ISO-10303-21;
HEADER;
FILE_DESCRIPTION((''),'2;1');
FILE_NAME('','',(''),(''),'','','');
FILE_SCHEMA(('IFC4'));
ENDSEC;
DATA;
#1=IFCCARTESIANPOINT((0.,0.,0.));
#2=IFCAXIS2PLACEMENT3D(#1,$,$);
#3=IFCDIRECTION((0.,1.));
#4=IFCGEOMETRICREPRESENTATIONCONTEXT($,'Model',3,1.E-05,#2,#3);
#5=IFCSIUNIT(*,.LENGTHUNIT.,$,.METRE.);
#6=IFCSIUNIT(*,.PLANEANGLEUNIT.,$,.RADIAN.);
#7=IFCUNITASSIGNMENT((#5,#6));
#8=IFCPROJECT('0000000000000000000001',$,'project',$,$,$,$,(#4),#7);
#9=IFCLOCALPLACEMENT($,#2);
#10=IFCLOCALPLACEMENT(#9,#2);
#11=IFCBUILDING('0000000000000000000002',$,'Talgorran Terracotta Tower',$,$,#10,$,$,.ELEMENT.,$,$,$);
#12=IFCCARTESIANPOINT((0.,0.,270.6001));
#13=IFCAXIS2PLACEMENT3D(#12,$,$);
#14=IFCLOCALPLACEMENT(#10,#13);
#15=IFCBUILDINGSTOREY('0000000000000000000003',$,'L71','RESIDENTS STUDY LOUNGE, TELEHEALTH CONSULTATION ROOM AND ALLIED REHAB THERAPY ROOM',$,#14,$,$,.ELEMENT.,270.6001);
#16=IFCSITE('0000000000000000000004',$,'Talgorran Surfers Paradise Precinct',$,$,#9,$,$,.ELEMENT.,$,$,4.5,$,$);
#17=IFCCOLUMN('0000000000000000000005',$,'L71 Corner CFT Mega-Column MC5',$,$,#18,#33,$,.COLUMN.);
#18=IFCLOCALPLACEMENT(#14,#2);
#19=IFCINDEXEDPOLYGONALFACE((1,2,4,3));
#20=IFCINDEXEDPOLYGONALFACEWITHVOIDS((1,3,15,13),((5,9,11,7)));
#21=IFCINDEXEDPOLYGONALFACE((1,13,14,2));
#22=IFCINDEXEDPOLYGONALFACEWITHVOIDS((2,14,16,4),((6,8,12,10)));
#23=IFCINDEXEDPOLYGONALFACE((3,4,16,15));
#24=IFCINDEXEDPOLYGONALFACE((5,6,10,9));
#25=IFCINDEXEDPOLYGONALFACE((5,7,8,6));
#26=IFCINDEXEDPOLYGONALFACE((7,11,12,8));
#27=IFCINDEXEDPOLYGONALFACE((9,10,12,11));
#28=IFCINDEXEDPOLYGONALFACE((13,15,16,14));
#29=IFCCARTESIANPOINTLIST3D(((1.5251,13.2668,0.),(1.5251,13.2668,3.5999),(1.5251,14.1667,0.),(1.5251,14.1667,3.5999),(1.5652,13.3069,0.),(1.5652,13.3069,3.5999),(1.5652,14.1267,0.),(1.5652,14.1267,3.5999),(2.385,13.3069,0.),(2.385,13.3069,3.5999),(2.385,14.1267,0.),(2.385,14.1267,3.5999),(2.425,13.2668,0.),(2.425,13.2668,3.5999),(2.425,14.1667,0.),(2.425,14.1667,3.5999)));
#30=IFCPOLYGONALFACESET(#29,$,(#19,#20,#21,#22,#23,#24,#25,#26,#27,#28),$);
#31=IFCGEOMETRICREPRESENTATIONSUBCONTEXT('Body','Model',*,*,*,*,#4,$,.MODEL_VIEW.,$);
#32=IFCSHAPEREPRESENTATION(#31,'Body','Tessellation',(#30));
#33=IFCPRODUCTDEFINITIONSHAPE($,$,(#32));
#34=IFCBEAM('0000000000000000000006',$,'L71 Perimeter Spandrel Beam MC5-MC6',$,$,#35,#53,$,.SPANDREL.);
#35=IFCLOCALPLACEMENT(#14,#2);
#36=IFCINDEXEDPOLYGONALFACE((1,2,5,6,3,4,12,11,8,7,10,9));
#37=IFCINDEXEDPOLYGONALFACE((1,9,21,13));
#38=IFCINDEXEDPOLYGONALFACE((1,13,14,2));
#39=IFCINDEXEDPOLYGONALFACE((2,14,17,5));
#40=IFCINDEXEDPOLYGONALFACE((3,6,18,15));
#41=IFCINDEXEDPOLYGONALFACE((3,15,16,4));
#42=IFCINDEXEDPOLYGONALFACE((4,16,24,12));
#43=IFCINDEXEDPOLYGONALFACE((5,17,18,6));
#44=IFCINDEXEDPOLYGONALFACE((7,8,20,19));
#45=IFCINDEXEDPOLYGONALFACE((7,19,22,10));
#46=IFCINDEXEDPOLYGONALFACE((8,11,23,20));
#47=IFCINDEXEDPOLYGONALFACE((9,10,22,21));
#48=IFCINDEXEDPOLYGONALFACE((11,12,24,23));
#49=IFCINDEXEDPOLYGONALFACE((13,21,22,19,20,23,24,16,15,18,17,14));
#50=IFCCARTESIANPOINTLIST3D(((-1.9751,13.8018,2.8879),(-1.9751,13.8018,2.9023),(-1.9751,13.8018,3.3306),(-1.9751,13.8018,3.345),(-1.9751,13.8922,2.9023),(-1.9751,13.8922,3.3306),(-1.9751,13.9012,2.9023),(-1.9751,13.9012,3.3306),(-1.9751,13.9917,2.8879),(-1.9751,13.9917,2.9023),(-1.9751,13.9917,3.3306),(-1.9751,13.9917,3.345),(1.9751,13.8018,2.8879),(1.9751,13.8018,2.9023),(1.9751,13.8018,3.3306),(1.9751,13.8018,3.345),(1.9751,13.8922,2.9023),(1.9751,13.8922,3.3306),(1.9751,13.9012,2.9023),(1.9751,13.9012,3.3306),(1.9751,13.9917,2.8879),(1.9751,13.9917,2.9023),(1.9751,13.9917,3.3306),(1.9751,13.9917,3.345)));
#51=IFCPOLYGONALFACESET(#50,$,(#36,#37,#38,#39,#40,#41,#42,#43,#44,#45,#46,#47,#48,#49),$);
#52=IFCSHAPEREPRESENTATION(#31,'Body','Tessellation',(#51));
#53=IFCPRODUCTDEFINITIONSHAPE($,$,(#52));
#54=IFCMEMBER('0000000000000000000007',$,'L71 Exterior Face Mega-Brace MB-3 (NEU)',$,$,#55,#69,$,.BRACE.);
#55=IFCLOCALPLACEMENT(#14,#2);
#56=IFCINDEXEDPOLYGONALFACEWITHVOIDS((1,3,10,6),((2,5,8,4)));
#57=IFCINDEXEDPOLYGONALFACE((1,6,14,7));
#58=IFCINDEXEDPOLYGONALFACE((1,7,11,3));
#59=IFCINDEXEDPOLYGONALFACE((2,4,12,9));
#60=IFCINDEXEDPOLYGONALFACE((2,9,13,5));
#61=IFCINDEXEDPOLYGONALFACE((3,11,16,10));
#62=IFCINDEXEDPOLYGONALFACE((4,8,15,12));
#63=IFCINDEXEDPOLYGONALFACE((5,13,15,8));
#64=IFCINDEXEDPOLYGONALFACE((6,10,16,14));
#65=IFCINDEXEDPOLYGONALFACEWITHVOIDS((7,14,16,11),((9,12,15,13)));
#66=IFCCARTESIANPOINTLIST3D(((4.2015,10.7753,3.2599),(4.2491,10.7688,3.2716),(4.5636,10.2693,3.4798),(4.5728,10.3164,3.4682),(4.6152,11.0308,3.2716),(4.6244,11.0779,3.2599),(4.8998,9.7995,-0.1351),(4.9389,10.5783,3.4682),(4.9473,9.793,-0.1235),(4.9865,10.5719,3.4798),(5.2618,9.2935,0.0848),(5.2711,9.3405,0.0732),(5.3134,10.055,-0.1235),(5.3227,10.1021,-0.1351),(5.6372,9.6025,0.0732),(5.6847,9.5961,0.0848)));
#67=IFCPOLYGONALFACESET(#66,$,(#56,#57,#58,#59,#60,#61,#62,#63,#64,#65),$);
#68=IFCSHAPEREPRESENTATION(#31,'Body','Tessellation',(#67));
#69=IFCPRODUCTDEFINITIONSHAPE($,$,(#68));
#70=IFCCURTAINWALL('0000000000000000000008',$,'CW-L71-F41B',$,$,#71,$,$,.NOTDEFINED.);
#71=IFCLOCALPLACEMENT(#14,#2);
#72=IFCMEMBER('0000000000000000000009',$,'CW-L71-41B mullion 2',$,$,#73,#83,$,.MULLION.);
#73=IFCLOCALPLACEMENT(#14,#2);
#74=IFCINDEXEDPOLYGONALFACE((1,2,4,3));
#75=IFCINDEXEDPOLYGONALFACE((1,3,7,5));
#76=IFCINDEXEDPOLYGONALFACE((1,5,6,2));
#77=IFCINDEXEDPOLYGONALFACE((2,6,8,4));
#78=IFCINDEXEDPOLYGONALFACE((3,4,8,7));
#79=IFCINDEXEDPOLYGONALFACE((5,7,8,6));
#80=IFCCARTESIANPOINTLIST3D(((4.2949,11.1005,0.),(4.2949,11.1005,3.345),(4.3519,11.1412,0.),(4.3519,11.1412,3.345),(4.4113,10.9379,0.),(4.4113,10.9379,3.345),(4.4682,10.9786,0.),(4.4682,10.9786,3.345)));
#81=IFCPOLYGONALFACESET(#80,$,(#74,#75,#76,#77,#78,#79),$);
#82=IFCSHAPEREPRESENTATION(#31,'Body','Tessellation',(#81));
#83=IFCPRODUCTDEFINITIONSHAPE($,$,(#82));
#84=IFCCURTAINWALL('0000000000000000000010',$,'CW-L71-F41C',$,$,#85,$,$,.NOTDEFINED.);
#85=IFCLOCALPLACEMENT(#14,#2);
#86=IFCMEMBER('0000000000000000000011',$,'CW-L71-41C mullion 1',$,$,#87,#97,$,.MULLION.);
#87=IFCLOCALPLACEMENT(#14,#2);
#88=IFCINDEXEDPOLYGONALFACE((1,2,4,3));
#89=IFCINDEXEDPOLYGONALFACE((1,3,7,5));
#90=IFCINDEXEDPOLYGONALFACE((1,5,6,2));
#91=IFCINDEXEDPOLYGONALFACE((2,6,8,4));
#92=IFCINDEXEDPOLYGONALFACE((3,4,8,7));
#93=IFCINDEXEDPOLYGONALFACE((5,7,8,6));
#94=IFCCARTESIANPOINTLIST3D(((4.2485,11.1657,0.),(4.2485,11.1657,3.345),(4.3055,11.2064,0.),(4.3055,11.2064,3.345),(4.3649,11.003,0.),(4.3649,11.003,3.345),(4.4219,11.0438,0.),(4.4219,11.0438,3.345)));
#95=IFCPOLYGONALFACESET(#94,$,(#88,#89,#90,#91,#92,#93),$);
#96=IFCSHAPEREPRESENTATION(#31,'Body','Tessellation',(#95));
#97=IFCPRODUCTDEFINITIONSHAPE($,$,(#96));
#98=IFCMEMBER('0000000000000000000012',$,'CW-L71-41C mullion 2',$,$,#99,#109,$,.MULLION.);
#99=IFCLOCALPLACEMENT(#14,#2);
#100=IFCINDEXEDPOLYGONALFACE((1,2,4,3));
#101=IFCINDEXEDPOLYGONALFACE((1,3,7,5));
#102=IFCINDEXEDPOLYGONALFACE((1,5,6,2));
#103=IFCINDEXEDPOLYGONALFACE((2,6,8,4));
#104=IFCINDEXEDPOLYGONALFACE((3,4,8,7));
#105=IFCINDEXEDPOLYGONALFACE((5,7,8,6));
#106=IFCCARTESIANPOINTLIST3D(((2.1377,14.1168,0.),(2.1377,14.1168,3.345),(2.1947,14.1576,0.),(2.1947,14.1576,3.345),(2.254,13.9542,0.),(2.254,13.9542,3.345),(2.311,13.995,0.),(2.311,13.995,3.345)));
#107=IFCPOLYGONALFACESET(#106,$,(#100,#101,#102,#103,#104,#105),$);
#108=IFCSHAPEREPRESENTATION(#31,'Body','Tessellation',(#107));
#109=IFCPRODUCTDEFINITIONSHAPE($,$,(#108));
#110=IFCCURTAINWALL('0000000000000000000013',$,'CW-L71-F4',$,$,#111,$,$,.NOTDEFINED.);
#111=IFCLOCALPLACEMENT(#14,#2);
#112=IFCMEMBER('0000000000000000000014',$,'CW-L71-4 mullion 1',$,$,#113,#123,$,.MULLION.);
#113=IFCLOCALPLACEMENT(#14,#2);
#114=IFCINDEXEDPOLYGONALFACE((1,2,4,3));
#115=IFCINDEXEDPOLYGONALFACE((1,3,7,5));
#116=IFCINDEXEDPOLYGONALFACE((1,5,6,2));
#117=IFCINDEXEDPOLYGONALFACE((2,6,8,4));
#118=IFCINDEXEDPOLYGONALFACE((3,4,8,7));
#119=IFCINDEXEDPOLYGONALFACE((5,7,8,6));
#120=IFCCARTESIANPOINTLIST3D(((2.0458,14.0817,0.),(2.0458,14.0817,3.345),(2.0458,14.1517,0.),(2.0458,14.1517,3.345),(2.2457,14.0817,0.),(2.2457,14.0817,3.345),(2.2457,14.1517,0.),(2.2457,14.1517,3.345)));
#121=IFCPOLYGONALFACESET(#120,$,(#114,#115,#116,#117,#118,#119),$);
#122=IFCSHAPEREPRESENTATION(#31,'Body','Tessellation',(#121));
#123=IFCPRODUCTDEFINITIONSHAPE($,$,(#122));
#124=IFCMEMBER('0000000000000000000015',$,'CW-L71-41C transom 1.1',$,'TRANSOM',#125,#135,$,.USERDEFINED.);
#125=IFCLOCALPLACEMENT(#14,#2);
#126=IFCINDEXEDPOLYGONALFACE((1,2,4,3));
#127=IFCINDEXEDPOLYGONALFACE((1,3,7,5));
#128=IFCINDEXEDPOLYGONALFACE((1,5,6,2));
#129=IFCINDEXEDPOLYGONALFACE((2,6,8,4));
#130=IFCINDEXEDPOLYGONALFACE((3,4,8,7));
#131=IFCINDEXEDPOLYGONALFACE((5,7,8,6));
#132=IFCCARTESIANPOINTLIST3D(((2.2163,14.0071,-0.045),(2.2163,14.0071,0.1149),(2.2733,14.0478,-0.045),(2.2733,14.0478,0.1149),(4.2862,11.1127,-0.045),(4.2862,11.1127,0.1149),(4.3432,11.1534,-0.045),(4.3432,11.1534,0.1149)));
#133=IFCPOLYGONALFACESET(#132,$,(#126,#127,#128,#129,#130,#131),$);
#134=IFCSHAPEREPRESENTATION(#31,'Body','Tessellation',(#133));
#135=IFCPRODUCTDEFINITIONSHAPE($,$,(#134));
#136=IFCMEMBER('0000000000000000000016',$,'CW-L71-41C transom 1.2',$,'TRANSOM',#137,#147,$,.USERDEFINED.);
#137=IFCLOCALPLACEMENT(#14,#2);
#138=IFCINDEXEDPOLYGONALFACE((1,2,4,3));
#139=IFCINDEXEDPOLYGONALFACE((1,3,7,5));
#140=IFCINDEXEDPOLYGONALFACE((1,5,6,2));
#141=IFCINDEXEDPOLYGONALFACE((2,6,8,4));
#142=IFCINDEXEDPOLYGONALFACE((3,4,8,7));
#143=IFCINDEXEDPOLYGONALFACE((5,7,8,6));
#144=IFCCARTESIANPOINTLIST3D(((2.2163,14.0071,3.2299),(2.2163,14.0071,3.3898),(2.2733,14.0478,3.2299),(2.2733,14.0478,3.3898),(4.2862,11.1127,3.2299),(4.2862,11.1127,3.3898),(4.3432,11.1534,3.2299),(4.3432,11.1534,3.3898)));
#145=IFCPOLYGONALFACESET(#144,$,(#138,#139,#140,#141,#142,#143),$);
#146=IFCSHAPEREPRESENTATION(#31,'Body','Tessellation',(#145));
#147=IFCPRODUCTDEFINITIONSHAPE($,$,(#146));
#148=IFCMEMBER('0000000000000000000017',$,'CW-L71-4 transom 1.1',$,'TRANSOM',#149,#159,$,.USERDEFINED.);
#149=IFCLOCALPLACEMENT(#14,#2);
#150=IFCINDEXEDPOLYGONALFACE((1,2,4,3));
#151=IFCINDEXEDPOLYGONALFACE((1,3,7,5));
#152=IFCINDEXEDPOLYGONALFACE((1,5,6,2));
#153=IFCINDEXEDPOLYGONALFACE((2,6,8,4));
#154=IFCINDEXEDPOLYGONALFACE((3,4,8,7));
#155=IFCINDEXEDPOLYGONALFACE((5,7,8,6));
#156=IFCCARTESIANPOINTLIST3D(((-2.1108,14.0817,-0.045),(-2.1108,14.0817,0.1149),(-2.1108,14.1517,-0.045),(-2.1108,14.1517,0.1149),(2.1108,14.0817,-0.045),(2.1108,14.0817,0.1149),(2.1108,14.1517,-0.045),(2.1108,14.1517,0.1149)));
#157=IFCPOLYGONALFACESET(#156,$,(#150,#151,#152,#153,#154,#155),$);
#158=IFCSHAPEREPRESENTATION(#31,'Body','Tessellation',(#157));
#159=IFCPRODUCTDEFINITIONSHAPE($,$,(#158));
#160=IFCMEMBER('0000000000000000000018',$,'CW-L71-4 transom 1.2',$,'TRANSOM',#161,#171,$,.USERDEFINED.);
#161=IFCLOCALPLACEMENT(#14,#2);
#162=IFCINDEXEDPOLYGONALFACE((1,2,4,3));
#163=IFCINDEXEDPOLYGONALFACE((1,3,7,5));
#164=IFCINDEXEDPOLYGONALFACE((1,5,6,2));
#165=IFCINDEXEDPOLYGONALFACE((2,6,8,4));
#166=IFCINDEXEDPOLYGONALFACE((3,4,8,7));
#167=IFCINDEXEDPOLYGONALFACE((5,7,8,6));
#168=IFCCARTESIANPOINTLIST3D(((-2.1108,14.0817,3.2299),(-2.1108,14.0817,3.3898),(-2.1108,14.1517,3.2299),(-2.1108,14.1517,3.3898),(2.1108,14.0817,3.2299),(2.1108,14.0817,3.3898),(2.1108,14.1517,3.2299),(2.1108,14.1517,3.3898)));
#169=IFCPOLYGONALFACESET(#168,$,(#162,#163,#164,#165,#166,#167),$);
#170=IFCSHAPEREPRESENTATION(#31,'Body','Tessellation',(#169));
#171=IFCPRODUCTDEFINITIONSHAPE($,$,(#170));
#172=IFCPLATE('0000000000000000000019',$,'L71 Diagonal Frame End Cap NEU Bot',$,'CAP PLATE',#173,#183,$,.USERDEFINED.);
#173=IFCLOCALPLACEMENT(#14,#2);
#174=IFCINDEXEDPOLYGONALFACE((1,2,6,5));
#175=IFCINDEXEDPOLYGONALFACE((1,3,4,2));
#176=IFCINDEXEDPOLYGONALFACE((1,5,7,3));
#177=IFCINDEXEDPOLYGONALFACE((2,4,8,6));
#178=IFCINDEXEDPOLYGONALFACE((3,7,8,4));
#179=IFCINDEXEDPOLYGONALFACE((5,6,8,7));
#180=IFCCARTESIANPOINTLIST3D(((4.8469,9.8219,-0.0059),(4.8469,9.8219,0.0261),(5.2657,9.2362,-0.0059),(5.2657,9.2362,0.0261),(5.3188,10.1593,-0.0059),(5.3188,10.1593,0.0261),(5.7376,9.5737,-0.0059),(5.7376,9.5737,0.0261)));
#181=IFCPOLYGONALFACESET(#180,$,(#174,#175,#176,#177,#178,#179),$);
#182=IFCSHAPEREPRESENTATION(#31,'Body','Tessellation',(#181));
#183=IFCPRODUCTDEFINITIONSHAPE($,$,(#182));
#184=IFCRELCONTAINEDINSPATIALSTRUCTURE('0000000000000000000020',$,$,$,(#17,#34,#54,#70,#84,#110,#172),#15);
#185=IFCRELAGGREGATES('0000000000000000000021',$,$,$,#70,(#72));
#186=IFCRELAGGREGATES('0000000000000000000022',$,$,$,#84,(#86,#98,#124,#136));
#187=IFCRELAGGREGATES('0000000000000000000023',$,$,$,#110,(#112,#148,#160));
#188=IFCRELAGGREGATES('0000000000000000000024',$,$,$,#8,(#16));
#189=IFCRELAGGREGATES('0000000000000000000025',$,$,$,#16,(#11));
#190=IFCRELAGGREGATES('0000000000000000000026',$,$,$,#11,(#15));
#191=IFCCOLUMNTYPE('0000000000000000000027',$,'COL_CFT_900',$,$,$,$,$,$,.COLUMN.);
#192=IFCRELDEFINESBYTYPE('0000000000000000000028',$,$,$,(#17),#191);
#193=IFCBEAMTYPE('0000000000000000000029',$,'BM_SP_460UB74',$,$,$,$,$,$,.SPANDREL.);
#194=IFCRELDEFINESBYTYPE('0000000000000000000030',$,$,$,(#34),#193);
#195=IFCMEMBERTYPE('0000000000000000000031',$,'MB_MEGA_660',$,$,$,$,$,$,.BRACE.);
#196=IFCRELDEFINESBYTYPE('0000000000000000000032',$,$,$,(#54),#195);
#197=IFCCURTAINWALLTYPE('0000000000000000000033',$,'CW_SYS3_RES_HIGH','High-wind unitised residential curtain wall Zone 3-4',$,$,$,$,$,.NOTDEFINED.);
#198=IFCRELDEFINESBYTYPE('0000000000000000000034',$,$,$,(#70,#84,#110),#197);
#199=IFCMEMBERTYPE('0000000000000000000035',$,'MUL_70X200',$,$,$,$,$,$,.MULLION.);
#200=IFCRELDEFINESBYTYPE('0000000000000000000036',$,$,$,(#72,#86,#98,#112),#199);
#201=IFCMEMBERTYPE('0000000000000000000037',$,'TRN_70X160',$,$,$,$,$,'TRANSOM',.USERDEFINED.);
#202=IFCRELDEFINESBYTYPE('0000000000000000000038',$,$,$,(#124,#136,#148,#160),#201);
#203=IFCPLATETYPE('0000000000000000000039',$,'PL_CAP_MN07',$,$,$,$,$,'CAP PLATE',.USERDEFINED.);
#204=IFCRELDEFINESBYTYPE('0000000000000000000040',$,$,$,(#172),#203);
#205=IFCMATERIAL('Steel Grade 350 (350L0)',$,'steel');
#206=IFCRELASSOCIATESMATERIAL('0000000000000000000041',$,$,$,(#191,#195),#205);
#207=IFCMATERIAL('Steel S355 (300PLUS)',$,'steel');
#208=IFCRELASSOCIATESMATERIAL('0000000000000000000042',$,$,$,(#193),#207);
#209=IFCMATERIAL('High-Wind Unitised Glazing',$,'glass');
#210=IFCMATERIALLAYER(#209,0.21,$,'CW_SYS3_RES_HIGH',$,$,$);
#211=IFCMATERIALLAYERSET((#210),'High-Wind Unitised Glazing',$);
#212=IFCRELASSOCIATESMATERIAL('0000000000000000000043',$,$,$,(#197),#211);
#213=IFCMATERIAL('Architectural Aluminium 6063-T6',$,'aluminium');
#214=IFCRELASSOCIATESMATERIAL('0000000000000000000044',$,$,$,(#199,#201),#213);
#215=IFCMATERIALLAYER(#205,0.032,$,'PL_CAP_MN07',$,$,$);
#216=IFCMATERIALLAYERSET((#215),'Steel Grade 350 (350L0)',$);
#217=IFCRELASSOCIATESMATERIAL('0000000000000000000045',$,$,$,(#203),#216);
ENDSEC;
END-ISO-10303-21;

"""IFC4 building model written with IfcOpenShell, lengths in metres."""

from ifc_helpers import new_model, si_unit, direction, frame, origin, origin_2d, place, context, subcontext, project, spatial, rectangle, hollow_rectangle, i_section, extrude, material, layer, layer_set, material_profile, profile_set, type_object, element, aggregate, save


model = new_model("IFC4")

# Units and contexts
model_context = context("Model", 3, precision=1e-05, world=origin(), true_north=direction((0.0, 1.0)))
body_context = subcontext(model_context, "Body", "Model", "MODEL_VIEW")
ifc_project = project(units=[si_unit("LENGTHUNIT", "METRE"), si_unit("PLANEANGLEUNIT", "RADIAN")], contexts=[model_context])

# Site, building, storey
site_placement = place(None, origin())
site = spatial("IfcSite", under=ifc_project, at=site_placement, Name="Talgorran Surfers Paradise Precinct", CompositionType="ELEMENT", RefElevation=4.5)
building_placement = place(site_placement, origin())
building = spatial("IfcBuilding", under=site, at=building_placement, Name="Talgorran Terracotta Tower", CompositionType="ELEMENT")
storey_placement = place(building_placement, frame((0.0, 0.0, 270.6001)))
storey = spatial("IfcBuildingStorey", under=building, at=storey_placement, Name="L71", Description="RESIDENTS STUDY LOUNGE, TELEHEALTH CONSULTATION ROOM AND ALLIED REHAB THERAPY ROOM", CompositionType="ELEMENT", Elevation=270.6001)

# Column
ifc_material_1 = material(Name="Steel Grade 350 (350L0)", Category="steel")
ifc_material_profile_1 = material_profile(ifc_material_1, hollow_rectangle(XDim=0.8999, YDim=0.8999, WallThickness=0.04, at=origin_2d()), Name="CFT900X900X40")
ifc_profile_set_1 = profile_set([ifc_material_profile_1], Name="Steel Grade 350 (350L0)")
column_type = type_object("IfcColumnType", Name="COL_CFT_900", PredefinedType="COLUMN", material=ifc_profile_set_1)
column_placement = place(storey_placement, frame((1.9751, 13.7168, 0.0), z_axis=(0.0, 0.0, 1.0), x_axis=(1.0, 0.0, 0.0)))
element("IfcColumn", 1, at=column_placement, inside=storey, type_object=column_type, Name="L71 Corner CFT Mega-Column MC5", PredefinedType="COLUMN", context=body_context, shape_type="SweptSolid", body=[
    extrude(hollow_rectangle(XDim=0.8999, YDim=0.8999, WallThickness=0.04, at=origin_2d()), origin(), (0.0, 0.0, 1.0), 3.5999),
])

# Beam
ifc_material_2 = material(Name="Steel S355 (300PLUS)", Category="steel")
ifc_material_profile_2 = material_profile(ifc_material_2, i_section(OverallWidth=0.1899, OverallDepth=0.457, WebThickness=0.009, FlangeThickness=0.0144, at=origin_2d()), Name="460UB74.6")
ifc_profile_set_2 = profile_set([ifc_material_profile_2], Name="Steel S355 (300PLUS)")
beam_type = type_object("IfcBeamType", Name="BM_SP_460UB74", PredefinedType="SPANDREL", material=ifc_profile_set_2)
beam_placement = place(storey_placement, frame((1.9751, 13.8967, 3.1165), z_axis=(-1.0, 0.0, 0.0), x_axis=(0.0, -1.0, 0.0)))
element("IfcBeam", 2, at=beam_placement, inside=storey, type_object=beam_type, Name="L71 Perimeter Spandrel Beam MC5-MC6", PredefinedType="SPANDREL", context=body_context, shape_type="SweptSolid", body=[
    extrude(i_section(OverallWidth=0.1899, OverallDepth=0.457, WebThickness=0.009, FlangeThickness=0.0144, at=origin_2d()), origin(), (0.0, 0.0, 1.0), 3.9502),
])

# Member
ifc_material_profile_3 = material_profile(ifc_material_1, hollow_rectangle(XDim=0.52, YDim=0.6599, WallThickness=0.0349, at=origin_2d()), Name="WBOX660X520X35")
ifc_profile_set_3 = profile_set([ifc_material_profile_3], Name="Steel Grade 350 (350L0)")
member_type_1 = type_object("IfcMemberType", Name="MB_MEGA_660", PredefinedType="BRACE", material=ifc_profile_set_3)
member_1_placement = place(storey_placement, frame((5.2922, 9.6978, -0.0251), z_axis=(-0.193912, 0.271002, 0.942845), x_axis=(-0.813252, -0.581912, 0.0)))
element("IfcMember", 3, at=member_1_placement, inside=storey, type_object=member_type_1, Name="L71 Exterior Face Mega-Brace MB-3 (NEU)", PredefinedType="BRACE", context=body_context, shape_type="SweptSolid", body=[
    extrude(hollow_rectangle(XDim=0.52, YDim=0.6599, WallThickness=0.0349, at=origin_2d()), origin(), (0.0, 0.0, 1.0), 3.6008),
])

# Curtain wall, member
ifc_material_3 = material(Name="High-Wind Unitised Glazing", Category="glass")
ifc_layer_1 = layer(ifc_material_3, 0.21, Name="CW_SYS3_RES_HIGH")
ifc_layer_set_1 = layer_set([ifc_layer_1], Name="High-Wind Unitised Glazing")
curtain_wall_type = type_object("IfcCurtainWallType", Name="CW_SYS3_RES_HIGH", Description="High-wind unitised residential curtain wall Zone 3-4", PredefinedType="NOTDEFINED", material=ifc_layer_set_1)
curtain_wall_1_placement = place(storey_placement, origin())
curtain_wall_1 = element("IfcCurtainWall", 4, at=curtain_wall_1_placement, inside=storey, type_object=curtain_wall_type, Name="CW-L71-F41B", PredefinedType="NOTDEFINED")
ifc_material_4 = material(Name="Architectural Aluminium 6063-T6", Category="aluminium")
ifc_material_profile_4 = material_profile(ifc_material_4, rectangle(XDim=0.0701, YDim=0.2, at=origin_2d()), Name="CWM70X200")
ifc_profile_set_4 = profile_set([ifc_material_profile_4], Name="Architectural Aluminium 6063-T6")
member_type_2 = type_object("IfcMemberType", Name="MUL_70X200", PredefinedType="MULLION", material=ifc_profile_set_4)
member_2_placement = place(storey_placement, frame((4.3816, 11.0396, 0.0), z_axis=(0.0, 0.0, 1.0), x_axis=(-0.81337, -0.581747, 0.0)))
member_2 = element("IfcMember", 5, at=member_2_placement, type_object=member_type_2, Name="CW-L71-41B mullion 2", PredefinedType="MULLION", context=body_context, shape_type="SweptSolid", body=[
    extrude(rectangle(XDim=0.0701, YDim=0.2, at=origin_2d()), origin(), (0.0, 0.0, 1.0), 3.345),
])

# Curtain wall, members
curtain_wall_2_placement = place(storey_placement, origin())
curtain_wall_2 = element("IfcCurtainWall", 6, at=curtain_wall_2_placement, inside=storey, type_object=curtain_wall_type, Name="CW-L71-F41C", PredefinedType="NOTDEFINED")
member_3_placement = place(storey_placement, frame((4.3352, 11.1047, 0.0), z_axis=(0.0, 0.0, 1.0), x_axis=(-0.813381, -0.581732, 0.0)))
member_3 = element("IfcMember", 7, at=member_3_placement, type_object=member_type_2, Name="CW-L71-41C mullion 1", PredefinedType="MULLION", context=body_context, shape_type="SweptSolid", body=[
    extrude(rectangle(XDim=0.0701, YDim=0.2, at=origin_2d()), origin(), (0.0, 0.0, 1.0), 3.345),
])
member_4_placement = place(storey_placement, frame((2.2244, 14.0559, 0.0), z_axis=(0.0, 0.0, 1.0), x_axis=(-0.813381, -0.581732, 0.0)))
member_4 = element("IfcMember", 8, at=member_4_placement, type_object=member_type_2, Name="CW-L71-41C mullion 2", PredefinedType="MULLION", context=body_context, shape_type="SweptSolid", body=[
    extrude(rectangle(XDim=0.0701, YDim=0.2, at=origin_2d()), origin(), (0.0, 0.0, 1.0), 3.345),
])

# Curtain wall, member
curtain_wall_3_placement = place(storey_placement, origin())
curtain_wall_3 = element("IfcCurtainWall", 9, at=curtain_wall_3_placement, inside=storey, type_object=curtain_wall_type, Name="CW-L71-F4", PredefinedType="NOTDEFINED")
member_5_placement = place(storey_placement, frame((2.1458, 14.1167, 0.0), z_axis=(0.0, 0.0, 1.0), x_axis=(0.0, -1.0, 0.0)))
member_5 = element("IfcMember", 10, at=member_5_placement, type_object=member_type_2, Name="CW-L71-4 mullion 1", PredefinedType="MULLION", context=body_context, shape_type="SweptSolid", body=[
    extrude(rectangle(XDim=0.0701, YDim=0.2, at=origin_2d()), origin(), (0.0, 0.0, 1.0), 3.345),
])

# Members
ifc_material_profile_5 = material_profile(ifc_material_4, rectangle(XDim=0.0701, YDim=0.1599, at=origin_2d()), Name="CWT70X160")
ifc_profile_set_5 = profile_set([ifc_material_profile_5], Name="Architectural Aluminium 6063-T6")
member_type_3 = type_object("IfcMemberType", Name="TRN_70X160", ElementType="TRANSOM", PredefinedType="USERDEFINED", material=ifc_profile_set_5)
member_6_placement = place(storey_placement, frame((4.3147, 11.1331, 0.0349), z_axis=(-0.581699, 0.813404, 0.0), x_axis=(-0.813404, -0.581699, 0.0)))
member_6 = element("IfcMember", 11, at=member_6_placement, type_object=member_type_3, Name="CW-L71-41C transom 1.1", ObjectType="TRANSOM", PredefinedType="USERDEFINED", context=body_context, shape_type="SweptSolid", body=[
    extrude(rectangle(XDim=0.0701, YDim=0.1599, at=origin_2d()), origin(), (0.0, 0.0, 1.0), 3.5583),
])
member_7_placement = place(storey_placement, frame((4.3147, 11.1331, 3.3098), z_axis=(-0.581699, 0.813404, 0.0), x_axis=(-0.813404, -0.581699, 0.0)))
member_7 = element("IfcMember", 12, at=member_7_placement, type_object=member_type_3, Name="CW-L71-41C transom 1.2", ObjectType="TRANSOM", PredefinedType="USERDEFINED", context=body_context, shape_type="SweptSolid", body=[
    extrude(rectangle(XDim=0.0701, YDim=0.1599, at=origin_2d()), origin(), (0.0, 0.0, 1.0), 3.5583),
])
member_8_placement = place(storey_placement, frame((2.1108, 14.1167, 0.0349), z_axis=(-1.0, 0.0, 0.0), x_axis=(0.0, -1.0, 0.0)))
member_8 = element("IfcMember", 13, at=member_8_placement, type_object=member_type_3, Name="CW-L71-4 transom 1.1", ObjectType="TRANSOM", PredefinedType="USERDEFINED", context=body_context, shape_type="SweptSolid", body=[
    extrude(rectangle(XDim=0.0701, YDim=0.1599, at=origin_2d()), origin(), (0.0, 0.0, 1.0), 4.2217),
])
member_9_placement = place(storey_placement, frame((2.1108, 14.1167, 3.3098), z_axis=(-1.0, 0.0, 0.0), x_axis=(0.0, -1.0, 0.0)))
member_9 = element("IfcMember", 14, at=member_9_placement, type_object=member_type_3, Name="CW-L71-4 transom 1.2", ObjectType="TRANSOM", PredefinedType="USERDEFINED", context=body_context, shape_type="SweptSolid", body=[
    extrude(rectangle(XDim=0.0701, YDim=0.1599, at=origin_2d()), origin(), (0.0, 0.0, 1.0), 4.2217),
])

# Plate
ifc_layer_2 = layer(ifc_material_1, 0.032, Name="PL_CAP_MN07")
ifc_layer_set_2 = layer_set([ifc_layer_2], Name="Steel Grade 350 (350L0)")
plate_type_1 = type_object("IfcPlateType", Name="PL_CAP_MN07", ElementType="CAP PLATE", PredefinedType="USERDEFINED", material=ifc_layer_set_2)
for number, where, z_axis, x_axis, name in (
    (15, (5.2922, 9.6978, -0.0059), (0.0, 0.0, 1.0), (-0.581697, 0.813405, 0.0), "L71 Diagonal Frame End Cap NEU Bot"),
):
    element("IfcPlate", number, at=place(storey_placement, frame(where, z_axis=z_axis, x_axis=x_axis)), inside=storey, type_object=plate_type_1, Name=name, ObjectType="CAP PLATE", PredefinedType="USERDEFINED", context=body_context, shape_type="SweptSolid", body=[
        extrude(rectangle(XDim=0.72, YDim=0.5801, at=origin_2d()), origin(), (0.0, 0.0, 1.0), 0.032),
    ])

aggregate(curtain_wall_1, [member_2])
aggregate(curtain_wall_2, [member_3, member_4, member_6, member_7])
aggregate(curtain_wall_3, [member_5, member_8, member_9])

save(model, "model.ifc")
